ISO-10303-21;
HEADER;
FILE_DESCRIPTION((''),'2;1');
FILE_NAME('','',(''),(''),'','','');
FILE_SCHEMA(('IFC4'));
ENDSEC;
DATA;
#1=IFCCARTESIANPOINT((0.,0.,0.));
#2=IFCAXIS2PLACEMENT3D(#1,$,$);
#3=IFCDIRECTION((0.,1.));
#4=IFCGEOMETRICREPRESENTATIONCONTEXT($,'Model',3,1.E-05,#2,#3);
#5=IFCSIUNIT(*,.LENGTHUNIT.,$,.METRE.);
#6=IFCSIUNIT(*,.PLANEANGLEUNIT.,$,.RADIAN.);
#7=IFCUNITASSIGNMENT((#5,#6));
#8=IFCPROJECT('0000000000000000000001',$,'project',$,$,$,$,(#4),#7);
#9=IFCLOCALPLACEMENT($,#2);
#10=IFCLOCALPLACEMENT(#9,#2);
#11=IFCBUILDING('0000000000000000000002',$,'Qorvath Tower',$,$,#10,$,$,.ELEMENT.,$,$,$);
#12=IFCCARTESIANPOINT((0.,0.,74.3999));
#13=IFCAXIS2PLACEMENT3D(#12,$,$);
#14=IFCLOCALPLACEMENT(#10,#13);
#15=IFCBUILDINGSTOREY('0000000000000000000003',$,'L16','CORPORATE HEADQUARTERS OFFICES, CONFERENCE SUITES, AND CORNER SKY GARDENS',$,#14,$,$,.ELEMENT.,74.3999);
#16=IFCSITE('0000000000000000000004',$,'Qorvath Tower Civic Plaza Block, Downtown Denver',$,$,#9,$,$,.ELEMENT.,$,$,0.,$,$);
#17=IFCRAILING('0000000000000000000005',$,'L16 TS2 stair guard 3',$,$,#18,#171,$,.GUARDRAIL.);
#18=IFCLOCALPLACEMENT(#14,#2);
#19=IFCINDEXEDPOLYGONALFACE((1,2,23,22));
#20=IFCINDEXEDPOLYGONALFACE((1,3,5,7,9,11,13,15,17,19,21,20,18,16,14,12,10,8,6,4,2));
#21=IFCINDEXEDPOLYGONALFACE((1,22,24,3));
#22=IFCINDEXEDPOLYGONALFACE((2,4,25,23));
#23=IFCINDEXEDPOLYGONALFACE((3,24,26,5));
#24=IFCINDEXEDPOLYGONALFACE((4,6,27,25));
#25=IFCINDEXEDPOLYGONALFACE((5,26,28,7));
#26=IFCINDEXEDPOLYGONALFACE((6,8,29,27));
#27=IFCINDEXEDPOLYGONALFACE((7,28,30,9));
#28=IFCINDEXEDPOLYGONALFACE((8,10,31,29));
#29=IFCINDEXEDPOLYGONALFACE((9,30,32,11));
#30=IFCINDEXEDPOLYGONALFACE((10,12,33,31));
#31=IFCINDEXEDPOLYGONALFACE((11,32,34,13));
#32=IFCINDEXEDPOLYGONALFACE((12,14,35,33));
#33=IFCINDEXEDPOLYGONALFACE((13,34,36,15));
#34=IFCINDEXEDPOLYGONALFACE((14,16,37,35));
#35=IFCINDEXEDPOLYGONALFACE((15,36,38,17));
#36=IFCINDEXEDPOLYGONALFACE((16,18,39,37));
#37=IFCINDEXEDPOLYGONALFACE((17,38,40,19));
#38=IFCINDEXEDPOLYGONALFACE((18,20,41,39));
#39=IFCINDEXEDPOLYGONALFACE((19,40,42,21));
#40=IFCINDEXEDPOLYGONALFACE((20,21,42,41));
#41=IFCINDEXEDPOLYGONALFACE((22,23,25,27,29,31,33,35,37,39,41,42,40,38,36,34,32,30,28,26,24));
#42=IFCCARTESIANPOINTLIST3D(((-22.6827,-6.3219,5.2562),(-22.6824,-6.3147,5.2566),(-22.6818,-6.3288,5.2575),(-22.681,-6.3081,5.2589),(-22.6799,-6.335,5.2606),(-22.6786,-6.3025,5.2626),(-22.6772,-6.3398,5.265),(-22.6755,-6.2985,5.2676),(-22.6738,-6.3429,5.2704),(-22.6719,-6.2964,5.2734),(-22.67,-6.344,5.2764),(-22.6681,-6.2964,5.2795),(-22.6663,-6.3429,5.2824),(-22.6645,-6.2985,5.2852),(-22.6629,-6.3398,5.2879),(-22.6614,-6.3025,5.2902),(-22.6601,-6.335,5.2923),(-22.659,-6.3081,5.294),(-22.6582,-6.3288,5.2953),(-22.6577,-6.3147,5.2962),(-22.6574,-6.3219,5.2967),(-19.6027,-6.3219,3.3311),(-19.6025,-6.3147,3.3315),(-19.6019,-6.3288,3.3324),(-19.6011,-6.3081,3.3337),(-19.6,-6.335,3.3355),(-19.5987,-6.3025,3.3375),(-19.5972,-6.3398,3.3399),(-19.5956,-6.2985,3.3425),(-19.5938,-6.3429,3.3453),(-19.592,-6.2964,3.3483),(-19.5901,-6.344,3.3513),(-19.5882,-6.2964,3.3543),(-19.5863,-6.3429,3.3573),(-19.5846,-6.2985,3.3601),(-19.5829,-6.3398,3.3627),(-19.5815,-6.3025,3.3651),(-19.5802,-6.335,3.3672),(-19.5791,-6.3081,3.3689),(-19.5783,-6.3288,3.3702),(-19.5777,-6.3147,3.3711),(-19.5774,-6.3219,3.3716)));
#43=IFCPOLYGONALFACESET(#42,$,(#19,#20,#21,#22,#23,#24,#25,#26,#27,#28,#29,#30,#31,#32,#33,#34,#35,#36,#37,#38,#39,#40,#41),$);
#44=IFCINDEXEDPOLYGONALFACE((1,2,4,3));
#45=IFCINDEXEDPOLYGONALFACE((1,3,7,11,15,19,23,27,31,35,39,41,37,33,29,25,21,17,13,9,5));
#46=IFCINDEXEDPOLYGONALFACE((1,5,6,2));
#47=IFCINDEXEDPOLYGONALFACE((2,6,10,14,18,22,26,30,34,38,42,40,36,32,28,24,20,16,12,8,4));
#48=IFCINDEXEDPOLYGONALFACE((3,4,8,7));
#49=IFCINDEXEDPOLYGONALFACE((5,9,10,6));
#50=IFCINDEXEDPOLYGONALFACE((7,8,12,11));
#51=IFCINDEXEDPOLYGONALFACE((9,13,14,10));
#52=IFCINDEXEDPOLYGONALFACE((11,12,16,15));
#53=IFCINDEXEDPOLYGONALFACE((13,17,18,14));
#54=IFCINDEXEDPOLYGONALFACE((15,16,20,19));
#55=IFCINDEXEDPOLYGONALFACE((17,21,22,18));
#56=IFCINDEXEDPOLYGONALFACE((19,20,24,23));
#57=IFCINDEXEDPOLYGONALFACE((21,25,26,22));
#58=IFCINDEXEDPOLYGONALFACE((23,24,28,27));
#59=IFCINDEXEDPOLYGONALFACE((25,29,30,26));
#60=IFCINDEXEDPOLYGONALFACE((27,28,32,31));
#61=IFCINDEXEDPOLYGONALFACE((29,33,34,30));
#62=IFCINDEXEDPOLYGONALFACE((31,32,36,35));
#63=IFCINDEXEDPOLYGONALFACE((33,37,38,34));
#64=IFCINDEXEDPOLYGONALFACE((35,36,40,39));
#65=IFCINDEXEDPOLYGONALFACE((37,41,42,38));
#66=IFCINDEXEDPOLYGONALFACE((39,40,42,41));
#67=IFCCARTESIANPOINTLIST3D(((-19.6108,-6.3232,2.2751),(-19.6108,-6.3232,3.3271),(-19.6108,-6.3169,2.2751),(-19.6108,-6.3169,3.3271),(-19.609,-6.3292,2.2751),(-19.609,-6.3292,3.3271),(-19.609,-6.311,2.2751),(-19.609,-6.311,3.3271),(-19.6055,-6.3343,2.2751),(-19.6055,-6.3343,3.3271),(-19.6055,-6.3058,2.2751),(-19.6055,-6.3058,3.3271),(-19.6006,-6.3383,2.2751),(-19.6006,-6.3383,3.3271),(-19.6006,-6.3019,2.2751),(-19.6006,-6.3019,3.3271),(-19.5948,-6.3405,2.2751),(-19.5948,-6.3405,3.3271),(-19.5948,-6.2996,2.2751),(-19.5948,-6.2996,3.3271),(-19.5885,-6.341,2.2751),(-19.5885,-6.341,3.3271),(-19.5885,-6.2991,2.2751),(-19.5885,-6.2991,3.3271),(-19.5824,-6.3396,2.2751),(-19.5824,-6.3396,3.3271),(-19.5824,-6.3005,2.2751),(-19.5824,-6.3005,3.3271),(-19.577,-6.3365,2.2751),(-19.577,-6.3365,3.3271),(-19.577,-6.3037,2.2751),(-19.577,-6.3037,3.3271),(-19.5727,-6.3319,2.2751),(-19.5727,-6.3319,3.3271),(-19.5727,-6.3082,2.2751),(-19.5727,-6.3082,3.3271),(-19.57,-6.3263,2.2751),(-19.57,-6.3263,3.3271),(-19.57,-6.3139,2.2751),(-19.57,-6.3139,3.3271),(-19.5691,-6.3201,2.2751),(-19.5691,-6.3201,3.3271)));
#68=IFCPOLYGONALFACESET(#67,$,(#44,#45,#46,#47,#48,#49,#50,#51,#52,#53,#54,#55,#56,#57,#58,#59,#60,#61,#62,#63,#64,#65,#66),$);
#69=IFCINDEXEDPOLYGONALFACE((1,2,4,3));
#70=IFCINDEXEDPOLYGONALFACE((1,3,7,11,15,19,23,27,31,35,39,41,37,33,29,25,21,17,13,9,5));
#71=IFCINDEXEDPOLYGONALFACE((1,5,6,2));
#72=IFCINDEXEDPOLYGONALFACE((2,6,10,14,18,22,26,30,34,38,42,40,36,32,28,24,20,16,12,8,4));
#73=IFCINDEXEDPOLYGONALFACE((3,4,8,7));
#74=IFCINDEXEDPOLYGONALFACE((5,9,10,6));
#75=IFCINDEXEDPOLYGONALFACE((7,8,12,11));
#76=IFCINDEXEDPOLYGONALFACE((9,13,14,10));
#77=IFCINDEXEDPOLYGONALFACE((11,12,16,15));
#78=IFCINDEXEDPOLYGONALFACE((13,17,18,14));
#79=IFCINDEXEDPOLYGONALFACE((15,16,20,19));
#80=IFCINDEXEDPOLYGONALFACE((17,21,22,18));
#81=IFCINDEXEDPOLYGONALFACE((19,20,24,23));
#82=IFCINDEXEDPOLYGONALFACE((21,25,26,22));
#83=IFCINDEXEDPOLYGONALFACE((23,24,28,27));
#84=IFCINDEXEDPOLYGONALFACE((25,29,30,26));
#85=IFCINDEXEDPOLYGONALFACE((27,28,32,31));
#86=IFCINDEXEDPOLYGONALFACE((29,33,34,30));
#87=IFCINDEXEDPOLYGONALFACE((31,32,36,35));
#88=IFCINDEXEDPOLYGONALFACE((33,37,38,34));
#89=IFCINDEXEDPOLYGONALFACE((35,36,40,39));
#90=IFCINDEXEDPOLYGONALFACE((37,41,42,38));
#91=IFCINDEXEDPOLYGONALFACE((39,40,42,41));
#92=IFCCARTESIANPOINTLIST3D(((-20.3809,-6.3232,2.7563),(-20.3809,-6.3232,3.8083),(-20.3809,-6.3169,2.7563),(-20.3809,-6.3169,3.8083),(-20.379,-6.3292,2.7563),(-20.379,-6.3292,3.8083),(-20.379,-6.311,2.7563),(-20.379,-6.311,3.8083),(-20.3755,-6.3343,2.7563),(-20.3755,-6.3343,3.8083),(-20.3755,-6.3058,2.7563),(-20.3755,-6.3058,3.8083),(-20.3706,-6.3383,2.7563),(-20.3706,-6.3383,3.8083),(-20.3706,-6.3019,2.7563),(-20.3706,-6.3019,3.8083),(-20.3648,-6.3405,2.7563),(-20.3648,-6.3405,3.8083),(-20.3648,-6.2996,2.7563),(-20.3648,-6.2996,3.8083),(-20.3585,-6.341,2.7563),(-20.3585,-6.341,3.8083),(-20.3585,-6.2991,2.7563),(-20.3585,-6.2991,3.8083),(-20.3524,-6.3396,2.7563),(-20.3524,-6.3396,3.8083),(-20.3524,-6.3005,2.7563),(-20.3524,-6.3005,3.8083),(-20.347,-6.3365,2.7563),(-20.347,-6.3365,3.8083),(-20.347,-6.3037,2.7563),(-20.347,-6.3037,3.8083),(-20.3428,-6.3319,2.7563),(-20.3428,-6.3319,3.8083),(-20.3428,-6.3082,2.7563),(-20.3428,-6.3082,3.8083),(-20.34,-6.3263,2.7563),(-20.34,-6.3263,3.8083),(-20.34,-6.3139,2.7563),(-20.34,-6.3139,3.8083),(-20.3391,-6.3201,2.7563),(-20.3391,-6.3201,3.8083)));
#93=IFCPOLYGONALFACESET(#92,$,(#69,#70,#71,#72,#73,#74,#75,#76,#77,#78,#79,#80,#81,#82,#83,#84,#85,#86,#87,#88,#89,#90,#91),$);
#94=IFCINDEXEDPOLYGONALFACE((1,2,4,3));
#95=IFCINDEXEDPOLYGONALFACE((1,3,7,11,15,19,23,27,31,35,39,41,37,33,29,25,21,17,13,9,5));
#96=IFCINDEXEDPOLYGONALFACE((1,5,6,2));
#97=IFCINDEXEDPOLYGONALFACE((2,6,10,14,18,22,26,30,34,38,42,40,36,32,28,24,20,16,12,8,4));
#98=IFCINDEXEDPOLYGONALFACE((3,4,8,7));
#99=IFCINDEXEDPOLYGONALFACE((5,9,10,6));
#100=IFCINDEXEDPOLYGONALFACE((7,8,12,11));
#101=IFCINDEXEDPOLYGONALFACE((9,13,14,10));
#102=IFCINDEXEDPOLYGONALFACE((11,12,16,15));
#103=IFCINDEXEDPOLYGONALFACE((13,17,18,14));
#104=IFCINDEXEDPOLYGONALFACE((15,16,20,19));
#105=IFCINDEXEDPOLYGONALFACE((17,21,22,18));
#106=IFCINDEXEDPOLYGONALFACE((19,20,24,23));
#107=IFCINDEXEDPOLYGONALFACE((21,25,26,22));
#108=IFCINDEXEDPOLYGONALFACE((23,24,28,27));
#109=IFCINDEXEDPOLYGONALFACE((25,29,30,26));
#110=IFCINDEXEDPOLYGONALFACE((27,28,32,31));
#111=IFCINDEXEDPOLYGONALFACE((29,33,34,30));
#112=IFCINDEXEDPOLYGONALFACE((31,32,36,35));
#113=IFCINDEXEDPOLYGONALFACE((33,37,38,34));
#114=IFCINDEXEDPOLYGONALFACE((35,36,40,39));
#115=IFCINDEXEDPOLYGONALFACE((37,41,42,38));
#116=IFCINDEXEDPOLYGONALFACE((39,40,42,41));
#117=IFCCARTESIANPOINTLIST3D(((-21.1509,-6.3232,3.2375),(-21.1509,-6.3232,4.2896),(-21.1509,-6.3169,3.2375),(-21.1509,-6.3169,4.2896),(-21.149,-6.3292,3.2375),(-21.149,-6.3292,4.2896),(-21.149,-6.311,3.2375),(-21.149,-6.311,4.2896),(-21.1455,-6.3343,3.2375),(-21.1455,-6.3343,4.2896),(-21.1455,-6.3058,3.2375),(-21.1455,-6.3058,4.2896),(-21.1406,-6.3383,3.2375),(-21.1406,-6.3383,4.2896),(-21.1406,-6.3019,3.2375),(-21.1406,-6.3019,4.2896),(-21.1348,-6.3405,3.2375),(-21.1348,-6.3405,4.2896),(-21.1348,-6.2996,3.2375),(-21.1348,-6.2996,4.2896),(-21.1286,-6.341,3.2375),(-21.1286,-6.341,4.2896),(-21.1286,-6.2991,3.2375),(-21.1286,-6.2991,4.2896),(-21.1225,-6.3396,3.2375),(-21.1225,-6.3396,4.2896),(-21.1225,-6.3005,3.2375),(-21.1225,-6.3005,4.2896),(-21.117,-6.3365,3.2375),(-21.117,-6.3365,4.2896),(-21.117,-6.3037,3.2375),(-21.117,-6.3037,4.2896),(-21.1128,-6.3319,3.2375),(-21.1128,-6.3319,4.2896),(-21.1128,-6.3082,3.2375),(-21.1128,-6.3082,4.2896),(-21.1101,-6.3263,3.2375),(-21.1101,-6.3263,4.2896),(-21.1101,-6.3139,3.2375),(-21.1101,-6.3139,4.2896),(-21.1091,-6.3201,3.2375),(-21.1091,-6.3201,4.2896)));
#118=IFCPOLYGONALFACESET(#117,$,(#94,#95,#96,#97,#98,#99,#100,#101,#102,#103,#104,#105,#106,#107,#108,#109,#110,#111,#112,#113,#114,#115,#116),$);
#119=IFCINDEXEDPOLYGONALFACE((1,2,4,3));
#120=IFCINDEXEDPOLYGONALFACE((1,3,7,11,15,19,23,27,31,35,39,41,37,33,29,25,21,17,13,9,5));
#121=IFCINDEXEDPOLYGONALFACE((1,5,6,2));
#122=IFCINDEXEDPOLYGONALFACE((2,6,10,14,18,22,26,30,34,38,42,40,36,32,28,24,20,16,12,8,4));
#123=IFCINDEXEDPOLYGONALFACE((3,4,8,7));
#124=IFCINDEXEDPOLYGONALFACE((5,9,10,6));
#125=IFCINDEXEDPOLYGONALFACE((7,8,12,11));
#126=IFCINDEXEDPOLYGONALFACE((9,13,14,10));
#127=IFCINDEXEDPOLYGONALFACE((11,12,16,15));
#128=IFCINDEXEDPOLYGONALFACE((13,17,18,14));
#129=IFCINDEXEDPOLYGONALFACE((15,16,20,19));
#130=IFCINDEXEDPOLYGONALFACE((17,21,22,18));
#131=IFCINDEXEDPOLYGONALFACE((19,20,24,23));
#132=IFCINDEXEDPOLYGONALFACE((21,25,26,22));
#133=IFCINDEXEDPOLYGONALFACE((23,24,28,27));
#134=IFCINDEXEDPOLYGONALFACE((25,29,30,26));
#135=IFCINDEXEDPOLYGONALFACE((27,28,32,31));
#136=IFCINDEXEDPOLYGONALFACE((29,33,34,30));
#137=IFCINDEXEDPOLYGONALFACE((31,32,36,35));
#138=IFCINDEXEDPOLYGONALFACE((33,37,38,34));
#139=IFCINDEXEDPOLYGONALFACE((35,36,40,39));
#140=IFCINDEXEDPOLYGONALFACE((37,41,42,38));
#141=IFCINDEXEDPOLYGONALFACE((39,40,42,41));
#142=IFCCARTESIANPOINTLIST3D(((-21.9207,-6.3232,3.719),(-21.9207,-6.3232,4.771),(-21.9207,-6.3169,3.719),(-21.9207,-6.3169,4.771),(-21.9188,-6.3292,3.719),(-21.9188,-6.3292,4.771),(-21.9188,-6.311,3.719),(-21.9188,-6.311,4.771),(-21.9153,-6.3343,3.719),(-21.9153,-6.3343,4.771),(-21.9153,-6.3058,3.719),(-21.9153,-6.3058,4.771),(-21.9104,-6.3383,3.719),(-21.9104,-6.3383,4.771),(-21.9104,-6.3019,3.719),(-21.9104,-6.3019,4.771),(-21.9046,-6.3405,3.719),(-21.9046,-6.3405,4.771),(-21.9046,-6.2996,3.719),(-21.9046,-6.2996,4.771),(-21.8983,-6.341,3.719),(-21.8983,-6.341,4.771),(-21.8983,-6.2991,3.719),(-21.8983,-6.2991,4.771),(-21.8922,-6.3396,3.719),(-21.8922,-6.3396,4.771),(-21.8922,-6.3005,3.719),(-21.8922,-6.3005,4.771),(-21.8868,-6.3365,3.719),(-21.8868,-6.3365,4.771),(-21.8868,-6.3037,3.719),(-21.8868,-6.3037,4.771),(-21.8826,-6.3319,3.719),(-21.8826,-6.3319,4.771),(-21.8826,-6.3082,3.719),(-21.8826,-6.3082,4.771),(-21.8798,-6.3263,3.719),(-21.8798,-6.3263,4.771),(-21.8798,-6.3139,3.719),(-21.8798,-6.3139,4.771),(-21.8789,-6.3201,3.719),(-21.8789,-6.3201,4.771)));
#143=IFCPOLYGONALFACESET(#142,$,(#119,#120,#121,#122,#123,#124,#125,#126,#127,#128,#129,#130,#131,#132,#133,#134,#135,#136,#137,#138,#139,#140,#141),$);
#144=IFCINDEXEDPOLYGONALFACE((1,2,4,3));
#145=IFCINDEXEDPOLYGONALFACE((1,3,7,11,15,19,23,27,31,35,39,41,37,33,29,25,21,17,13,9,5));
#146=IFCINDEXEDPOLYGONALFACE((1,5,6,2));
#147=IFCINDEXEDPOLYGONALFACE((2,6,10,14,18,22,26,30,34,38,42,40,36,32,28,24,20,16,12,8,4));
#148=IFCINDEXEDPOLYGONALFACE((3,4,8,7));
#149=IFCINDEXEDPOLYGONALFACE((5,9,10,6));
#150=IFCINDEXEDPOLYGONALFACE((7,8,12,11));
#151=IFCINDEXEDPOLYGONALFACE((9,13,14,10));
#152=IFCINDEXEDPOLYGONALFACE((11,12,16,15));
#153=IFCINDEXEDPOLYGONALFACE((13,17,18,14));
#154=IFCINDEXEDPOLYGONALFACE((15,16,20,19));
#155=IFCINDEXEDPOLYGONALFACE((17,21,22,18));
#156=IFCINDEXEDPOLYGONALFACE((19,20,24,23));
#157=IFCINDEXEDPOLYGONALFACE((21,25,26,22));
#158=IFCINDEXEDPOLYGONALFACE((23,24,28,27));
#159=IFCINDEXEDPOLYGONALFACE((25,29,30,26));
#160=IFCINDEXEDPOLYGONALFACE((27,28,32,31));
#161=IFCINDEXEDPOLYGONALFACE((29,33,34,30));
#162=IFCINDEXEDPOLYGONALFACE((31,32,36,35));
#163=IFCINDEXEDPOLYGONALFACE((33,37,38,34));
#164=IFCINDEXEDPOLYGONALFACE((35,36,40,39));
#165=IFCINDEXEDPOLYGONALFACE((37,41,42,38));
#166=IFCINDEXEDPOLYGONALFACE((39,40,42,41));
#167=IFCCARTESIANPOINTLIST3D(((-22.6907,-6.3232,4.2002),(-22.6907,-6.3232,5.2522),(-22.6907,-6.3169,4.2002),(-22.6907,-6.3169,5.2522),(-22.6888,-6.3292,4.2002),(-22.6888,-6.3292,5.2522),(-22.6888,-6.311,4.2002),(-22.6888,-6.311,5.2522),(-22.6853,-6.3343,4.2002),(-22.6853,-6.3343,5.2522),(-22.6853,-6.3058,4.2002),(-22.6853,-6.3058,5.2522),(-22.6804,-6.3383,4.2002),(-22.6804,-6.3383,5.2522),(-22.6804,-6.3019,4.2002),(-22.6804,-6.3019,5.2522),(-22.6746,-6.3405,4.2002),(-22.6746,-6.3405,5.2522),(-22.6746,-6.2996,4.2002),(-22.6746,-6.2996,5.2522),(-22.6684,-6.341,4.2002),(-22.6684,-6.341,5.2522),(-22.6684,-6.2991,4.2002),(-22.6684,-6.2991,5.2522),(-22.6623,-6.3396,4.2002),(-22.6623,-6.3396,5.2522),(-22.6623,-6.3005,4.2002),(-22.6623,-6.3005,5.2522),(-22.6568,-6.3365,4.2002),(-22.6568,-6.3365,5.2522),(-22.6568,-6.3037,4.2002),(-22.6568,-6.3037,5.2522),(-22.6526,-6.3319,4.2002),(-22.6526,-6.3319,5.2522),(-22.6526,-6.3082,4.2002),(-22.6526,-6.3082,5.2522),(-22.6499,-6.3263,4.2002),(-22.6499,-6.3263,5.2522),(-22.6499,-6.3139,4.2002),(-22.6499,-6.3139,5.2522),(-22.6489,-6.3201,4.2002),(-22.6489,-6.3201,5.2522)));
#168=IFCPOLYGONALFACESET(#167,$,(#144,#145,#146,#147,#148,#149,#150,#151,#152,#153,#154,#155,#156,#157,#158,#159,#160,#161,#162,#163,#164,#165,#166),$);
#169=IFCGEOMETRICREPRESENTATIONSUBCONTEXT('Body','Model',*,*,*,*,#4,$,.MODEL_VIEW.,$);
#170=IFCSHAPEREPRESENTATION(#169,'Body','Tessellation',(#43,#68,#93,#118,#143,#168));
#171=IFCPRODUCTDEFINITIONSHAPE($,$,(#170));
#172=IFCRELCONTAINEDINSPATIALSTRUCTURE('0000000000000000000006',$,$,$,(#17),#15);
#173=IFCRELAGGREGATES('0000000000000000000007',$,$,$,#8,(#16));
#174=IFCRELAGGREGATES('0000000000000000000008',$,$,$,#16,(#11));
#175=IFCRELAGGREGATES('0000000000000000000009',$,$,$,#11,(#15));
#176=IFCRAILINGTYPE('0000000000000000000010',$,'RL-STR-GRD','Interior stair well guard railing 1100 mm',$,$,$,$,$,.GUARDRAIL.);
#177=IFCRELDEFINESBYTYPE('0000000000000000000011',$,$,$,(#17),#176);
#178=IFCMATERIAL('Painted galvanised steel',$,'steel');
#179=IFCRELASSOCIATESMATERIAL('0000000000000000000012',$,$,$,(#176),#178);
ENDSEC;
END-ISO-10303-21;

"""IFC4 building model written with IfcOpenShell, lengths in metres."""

from ifc_helpers import new_model, si_unit, direction, frame, origin, origin_2d, place, context, subcontext, project, spatial, circle, extrude, material, type_object, element, save


model = new_model("IFC4")

# Units and contexts
model_context = context("Model", 3, precision=1e-05, world=origin(), true_north=direction((0.0, 1.0)))
body_context = subcontext(model_context, "Body", "Model", "MODEL_VIEW")
ifc_project = project(units=[si_unit("LENGTHUNIT", "METRE"), si_unit("PLANEANGLEUNIT", "RADIAN")], contexts=[model_context])

# Site, building, storey
site_placement = place(None, origin())
site = spatial("IfcSite", under=ifc_project, at=site_placement, Name="Qorvath Tower Civic Plaza Block, Downtown Denver", CompositionType="ELEMENT", RefElevation=0.0)
building_placement = place(site_placement, origin())
building = spatial("IfcBuilding", under=site, at=building_placement, Name="Qorvath Tower", CompositionType="ELEMENT")
storey_placement = place(building_placement, frame((0.0, 0.0, 74.3999)))
storey = spatial("IfcBuildingStorey", under=building, at=storey_placement, Name="L16", Description="CORPORATE HEADQUARTERS OFFICES, CONFERENCE SUITES, AND CORNER SKY GARDENS", CompositionType="ELEMENT", Elevation=74.3999)

# Railing
ifc_material_1 = material(Name="Painted galvanised steel", Category="steel")
railing_type_1 = type_object("IfcRailingType", Name="RL-STR-GRD", Description="Interior stair well guard railing 1100 mm", PredefinedType="GUARDRAIL", material=ifc_material_1)
railing_1_placement = place(storey_placement, frame((-19.5901, -6.3201, 2.2751)))
element("IfcRailing", 1, at=railing_1_placement, inside=storey, type_object=railing_type_1, Name="L16 TS2 stair guard 3", PredefinedType="GUARDRAIL", context=body_context, shape_type="SweptSolid", body=[
    extrude(circle(Radius=0.0239, at=origin_2d()), frame((0.0, 0.0, 1.0762), z_axis=(-0.847979, 0.0, 0.530029), x_axis=(0.0, -1.0, 0.0)), (0.0, 0.0, 1.0), 3.6321),
    extrude(circle(Radius=0.021, at=origin_2d()), origin(), (0.0, 0.0, 1.0), 1.052),
    extrude(circle(Radius=0.021, at=origin_2d()), frame((-0.77, 0.0, 0.4812)), (0.0, 0.0, 1.0), 1.052),
    extrude(circle(Radius=0.021, at=origin_2d()), frame((-1.54, 0.0, 0.9624)), (0.0, 0.0, 1.0), 1.052),
    extrude(circle(Radius=0.021, at=origin_2d()), frame((-2.3098, 0.0, 1.4438)), (0.0, 0.0, 1.0), 1.052),
    extrude(circle(Radius=0.021, at=origin_2d()), frame((-3.0798, 0.0, 1.925)), (0.0, 0.0, 1.0), 1.052),
])

save(model, "model.ifc")
